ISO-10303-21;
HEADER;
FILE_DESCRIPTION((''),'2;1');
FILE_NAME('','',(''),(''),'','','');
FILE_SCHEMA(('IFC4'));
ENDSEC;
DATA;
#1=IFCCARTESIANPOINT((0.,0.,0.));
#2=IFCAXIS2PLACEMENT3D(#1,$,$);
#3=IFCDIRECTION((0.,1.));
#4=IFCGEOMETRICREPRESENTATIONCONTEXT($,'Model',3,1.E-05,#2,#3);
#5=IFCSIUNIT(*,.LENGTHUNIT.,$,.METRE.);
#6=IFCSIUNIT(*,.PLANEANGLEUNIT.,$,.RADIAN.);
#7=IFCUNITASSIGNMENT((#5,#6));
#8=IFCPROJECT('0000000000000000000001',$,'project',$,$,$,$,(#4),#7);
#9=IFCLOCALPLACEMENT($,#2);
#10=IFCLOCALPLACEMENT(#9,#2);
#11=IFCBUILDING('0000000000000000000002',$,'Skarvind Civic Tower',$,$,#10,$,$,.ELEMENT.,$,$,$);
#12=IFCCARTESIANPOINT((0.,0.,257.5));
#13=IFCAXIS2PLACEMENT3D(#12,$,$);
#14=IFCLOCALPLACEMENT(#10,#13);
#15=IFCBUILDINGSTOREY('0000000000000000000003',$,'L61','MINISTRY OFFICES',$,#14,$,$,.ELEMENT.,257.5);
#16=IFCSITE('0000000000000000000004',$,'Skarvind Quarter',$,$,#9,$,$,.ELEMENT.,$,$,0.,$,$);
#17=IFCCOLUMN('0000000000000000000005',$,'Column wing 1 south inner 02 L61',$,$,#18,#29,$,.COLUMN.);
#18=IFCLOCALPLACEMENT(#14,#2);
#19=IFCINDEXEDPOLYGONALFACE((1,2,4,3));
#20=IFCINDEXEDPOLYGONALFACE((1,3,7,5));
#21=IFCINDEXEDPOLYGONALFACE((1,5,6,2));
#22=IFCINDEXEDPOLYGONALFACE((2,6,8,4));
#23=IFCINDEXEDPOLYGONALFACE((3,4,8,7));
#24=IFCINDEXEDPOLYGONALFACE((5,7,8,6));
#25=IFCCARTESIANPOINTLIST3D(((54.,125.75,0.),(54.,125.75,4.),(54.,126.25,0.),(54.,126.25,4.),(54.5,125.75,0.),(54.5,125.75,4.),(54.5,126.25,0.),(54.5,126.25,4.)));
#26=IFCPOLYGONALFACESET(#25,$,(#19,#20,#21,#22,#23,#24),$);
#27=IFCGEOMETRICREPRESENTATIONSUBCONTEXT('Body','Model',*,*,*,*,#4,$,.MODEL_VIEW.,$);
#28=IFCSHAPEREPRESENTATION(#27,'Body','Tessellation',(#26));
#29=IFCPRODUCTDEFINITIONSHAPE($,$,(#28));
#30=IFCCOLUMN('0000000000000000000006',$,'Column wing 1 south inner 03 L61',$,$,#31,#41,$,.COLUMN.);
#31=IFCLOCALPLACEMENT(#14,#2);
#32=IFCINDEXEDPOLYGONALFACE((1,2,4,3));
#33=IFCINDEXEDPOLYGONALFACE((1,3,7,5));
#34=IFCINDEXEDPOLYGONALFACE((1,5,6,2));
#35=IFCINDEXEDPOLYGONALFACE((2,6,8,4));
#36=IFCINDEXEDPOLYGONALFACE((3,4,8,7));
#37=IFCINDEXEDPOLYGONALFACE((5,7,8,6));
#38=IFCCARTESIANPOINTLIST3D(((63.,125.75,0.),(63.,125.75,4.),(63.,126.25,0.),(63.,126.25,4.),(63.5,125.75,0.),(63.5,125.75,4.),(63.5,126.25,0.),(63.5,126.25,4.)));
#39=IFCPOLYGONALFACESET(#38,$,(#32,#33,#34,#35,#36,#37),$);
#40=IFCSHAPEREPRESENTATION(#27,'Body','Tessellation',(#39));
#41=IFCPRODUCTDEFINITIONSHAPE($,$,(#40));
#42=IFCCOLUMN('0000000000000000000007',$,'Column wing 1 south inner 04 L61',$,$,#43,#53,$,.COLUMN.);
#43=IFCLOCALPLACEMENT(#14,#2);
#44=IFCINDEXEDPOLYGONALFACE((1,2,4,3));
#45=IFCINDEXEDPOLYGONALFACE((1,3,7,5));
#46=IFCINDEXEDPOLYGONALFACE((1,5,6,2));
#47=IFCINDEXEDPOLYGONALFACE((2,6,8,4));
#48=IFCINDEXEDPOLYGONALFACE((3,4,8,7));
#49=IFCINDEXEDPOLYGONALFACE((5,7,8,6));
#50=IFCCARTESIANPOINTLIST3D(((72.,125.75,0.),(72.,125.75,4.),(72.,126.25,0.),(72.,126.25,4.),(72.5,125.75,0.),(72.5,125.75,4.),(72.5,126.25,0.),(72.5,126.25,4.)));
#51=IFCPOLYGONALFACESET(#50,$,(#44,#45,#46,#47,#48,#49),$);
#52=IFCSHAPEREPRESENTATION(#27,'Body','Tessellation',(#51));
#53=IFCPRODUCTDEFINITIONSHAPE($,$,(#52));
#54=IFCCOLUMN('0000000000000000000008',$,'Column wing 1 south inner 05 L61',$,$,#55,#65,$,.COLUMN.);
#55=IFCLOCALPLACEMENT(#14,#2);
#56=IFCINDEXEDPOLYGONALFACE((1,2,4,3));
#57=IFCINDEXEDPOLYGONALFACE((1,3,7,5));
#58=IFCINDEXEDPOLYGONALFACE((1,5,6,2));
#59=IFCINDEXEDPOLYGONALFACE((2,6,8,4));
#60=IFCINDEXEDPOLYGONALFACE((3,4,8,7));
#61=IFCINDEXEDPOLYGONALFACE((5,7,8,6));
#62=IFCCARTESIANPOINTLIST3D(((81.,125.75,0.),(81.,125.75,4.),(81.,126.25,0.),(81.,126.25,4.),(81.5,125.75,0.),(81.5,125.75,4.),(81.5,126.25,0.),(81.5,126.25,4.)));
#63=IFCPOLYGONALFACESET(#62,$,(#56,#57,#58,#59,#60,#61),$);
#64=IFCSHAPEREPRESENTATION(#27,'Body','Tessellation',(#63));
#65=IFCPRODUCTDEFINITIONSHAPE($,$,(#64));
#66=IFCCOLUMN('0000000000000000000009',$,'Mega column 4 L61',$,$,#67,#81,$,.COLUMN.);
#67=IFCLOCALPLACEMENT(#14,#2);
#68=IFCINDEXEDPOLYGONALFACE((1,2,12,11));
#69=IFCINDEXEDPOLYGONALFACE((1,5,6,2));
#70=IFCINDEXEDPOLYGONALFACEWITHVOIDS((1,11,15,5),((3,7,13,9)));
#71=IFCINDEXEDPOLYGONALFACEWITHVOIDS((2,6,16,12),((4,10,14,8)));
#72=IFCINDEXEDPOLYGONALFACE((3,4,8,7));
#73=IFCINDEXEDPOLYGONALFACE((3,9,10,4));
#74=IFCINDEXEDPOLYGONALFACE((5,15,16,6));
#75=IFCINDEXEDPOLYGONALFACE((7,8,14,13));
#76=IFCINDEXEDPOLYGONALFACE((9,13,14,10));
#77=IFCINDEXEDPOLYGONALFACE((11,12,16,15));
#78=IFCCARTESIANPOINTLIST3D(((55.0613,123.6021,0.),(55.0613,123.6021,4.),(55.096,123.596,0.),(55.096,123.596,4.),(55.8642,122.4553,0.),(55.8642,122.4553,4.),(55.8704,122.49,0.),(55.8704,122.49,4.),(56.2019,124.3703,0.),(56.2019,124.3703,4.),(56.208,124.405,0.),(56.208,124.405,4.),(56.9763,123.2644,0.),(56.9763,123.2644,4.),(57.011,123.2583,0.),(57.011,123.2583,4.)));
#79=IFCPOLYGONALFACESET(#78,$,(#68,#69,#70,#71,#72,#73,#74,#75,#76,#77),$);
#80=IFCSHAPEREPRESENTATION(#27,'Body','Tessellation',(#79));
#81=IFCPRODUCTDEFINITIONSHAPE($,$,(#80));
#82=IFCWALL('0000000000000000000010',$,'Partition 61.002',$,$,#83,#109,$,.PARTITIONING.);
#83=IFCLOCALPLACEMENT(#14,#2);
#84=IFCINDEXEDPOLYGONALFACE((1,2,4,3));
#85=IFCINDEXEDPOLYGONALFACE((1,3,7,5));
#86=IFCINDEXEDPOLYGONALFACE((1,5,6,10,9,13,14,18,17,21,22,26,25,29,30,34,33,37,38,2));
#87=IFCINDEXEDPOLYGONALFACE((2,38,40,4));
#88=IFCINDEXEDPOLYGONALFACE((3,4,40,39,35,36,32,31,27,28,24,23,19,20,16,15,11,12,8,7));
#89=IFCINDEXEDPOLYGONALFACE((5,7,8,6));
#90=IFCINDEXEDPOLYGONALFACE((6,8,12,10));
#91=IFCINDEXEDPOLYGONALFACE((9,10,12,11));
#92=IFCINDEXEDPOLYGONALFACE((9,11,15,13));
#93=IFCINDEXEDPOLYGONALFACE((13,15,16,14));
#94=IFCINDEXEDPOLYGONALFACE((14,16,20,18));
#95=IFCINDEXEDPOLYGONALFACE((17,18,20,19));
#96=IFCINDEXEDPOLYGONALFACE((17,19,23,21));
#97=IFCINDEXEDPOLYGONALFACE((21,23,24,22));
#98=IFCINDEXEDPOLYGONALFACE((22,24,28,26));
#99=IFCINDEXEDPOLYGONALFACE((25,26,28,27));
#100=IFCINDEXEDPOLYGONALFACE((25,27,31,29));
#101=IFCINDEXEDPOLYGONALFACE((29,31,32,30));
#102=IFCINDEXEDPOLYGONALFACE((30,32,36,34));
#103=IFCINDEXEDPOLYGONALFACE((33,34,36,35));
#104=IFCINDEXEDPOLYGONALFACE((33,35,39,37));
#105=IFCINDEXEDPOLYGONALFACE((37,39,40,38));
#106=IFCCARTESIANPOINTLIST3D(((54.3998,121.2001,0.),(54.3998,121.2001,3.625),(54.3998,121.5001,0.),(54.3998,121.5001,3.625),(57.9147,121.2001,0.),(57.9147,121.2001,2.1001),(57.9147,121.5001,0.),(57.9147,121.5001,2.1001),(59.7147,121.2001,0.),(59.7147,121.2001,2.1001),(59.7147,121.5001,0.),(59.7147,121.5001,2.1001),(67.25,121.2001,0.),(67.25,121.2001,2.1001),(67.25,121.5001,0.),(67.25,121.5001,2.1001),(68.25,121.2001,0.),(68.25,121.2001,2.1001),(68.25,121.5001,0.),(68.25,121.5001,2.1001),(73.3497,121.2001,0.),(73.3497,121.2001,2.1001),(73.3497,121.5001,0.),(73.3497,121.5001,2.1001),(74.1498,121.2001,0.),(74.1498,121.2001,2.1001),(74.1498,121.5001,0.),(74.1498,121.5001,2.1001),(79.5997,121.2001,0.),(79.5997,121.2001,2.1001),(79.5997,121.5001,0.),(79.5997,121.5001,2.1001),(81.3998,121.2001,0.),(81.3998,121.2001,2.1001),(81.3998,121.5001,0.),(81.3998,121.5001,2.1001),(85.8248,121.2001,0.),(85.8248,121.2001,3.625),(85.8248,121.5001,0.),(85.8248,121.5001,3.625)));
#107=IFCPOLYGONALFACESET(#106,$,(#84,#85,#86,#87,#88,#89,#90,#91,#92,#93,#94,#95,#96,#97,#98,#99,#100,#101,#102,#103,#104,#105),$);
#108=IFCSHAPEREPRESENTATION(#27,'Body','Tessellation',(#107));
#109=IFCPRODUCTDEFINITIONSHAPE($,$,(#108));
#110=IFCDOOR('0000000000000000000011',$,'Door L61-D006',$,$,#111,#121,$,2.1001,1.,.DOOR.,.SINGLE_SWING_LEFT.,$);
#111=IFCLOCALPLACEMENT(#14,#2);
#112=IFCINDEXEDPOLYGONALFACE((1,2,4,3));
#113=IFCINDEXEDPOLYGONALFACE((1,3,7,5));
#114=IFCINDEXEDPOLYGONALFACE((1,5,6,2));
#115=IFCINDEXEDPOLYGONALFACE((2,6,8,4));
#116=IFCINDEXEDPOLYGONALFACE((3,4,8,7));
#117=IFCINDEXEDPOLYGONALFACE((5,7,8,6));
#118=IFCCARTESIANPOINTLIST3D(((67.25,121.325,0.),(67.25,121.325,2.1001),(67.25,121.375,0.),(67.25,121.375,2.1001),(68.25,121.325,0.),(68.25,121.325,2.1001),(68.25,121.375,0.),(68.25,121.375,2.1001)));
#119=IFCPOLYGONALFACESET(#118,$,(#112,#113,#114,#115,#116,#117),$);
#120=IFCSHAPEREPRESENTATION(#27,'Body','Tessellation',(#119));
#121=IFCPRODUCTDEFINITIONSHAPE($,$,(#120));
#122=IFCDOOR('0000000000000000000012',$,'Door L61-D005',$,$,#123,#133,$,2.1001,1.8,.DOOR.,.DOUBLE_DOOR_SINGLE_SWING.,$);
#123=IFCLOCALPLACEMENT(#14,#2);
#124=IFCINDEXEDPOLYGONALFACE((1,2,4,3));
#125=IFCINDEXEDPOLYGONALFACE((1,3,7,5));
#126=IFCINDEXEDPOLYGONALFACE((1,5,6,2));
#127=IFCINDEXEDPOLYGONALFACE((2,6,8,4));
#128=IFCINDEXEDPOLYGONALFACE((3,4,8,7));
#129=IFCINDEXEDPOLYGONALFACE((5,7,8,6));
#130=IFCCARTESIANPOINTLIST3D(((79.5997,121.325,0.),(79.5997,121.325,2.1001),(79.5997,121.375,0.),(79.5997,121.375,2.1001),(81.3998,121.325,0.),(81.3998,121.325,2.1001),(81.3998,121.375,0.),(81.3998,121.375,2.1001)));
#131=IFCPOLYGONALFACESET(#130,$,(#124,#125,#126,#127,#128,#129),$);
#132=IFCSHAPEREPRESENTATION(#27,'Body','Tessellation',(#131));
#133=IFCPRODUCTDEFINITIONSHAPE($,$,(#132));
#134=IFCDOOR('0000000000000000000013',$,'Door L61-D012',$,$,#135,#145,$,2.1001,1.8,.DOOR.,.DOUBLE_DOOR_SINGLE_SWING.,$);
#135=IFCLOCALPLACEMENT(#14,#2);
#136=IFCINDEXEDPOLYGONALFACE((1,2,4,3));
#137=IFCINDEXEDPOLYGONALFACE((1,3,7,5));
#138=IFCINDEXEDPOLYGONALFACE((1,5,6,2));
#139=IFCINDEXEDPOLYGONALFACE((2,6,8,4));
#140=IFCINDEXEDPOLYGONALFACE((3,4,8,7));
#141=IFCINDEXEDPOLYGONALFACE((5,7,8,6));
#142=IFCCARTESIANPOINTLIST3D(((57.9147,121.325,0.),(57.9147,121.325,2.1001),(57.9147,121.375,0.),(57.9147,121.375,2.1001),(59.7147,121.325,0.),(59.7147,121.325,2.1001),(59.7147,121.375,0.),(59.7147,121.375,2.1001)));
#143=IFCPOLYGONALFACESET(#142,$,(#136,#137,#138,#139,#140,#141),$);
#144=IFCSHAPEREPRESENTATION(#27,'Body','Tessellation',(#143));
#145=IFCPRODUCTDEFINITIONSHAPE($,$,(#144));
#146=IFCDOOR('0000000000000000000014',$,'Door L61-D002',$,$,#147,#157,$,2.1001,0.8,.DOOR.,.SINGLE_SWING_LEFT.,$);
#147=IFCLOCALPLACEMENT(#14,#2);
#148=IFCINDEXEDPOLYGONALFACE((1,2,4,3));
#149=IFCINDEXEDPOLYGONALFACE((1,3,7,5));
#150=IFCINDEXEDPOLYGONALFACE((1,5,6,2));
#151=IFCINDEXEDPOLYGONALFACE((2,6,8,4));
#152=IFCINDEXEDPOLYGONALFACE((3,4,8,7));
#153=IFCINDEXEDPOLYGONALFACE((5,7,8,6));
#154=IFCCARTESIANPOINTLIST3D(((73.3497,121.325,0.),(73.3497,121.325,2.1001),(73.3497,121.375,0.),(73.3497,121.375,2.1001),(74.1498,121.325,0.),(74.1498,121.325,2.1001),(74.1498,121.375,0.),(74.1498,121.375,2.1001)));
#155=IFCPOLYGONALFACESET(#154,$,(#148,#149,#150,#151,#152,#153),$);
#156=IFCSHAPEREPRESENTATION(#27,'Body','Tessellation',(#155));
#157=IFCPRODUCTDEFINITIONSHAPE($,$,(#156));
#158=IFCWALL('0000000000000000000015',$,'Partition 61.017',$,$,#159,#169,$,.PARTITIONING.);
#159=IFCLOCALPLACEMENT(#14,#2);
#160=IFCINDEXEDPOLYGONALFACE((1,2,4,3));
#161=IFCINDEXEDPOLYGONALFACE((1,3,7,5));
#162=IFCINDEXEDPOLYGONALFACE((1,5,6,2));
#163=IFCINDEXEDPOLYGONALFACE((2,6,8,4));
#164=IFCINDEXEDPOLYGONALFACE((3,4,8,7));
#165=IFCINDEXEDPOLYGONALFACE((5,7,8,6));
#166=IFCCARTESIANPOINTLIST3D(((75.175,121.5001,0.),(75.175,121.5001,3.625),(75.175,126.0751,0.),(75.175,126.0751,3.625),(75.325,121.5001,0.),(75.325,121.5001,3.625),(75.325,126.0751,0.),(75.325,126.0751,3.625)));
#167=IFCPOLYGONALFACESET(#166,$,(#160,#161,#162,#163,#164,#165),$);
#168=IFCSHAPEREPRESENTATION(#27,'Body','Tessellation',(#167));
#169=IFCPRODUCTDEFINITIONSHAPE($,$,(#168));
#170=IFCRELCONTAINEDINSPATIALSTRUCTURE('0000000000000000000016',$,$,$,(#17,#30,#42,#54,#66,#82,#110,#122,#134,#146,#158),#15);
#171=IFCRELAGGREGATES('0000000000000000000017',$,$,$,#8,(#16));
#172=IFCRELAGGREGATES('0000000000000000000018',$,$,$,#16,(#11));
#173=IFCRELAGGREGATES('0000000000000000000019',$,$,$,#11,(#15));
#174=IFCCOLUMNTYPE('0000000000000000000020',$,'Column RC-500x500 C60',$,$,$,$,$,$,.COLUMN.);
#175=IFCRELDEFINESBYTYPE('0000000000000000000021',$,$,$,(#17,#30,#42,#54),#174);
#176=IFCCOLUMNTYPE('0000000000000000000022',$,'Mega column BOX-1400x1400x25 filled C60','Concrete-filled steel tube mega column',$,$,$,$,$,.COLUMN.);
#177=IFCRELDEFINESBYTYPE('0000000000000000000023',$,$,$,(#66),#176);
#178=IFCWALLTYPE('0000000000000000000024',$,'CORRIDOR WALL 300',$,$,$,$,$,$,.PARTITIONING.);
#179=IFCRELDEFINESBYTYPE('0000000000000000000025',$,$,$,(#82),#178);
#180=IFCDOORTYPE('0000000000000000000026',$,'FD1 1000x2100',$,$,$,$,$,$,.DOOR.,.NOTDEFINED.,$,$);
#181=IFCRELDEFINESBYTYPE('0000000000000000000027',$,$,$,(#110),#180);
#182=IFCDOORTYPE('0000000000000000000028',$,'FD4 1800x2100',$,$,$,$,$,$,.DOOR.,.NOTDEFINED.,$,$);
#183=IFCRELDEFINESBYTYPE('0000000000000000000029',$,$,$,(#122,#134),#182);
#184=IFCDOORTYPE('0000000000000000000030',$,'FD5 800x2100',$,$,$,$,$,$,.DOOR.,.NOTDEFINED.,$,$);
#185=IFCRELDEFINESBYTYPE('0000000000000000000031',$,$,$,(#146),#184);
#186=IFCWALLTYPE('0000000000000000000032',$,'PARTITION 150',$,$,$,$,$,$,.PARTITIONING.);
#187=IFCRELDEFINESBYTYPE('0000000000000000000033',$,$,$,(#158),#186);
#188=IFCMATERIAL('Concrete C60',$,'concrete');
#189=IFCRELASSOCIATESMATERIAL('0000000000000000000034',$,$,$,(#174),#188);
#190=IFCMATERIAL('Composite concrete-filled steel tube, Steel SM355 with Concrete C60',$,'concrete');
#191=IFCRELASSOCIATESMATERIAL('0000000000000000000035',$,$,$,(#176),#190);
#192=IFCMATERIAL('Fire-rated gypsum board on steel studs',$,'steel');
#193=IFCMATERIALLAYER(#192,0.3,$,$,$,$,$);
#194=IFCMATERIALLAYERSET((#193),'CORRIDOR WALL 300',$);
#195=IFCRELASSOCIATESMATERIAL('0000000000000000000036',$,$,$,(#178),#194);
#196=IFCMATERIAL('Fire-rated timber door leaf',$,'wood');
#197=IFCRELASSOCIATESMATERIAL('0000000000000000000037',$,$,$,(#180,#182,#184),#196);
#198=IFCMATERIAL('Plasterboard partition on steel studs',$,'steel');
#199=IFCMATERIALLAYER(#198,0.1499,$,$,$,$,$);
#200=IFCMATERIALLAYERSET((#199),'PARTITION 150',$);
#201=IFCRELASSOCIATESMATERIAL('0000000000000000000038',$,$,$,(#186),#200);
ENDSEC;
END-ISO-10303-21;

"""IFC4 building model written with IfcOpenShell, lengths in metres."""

from ifc_helpers import new_model, si_unit, direction, frame, frame_2d, origin, origin_2d, place, context, subcontext, project, spatial, rectangle, hollow_rectangle, extrude, material, layer, layer_set, material_profile, profile_set, type_object, element, fill, save


model = new_model("IFC4")

# Units and contexts
model_context = context("Model", 3, precision=1e-05, world=origin(), true_north=direction((0.0, 1.0)))
body_context = subcontext(model_context, "Body", "Model", "MODEL_VIEW")
ifc_project = project(units=[si_unit("LENGTHUNIT", "METRE"), si_unit("PLANEANGLEUNIT", "RADIAN")], contexts=[model_context])

# Site, building, storey
site_placement = place(None, origin())
site = spatial("IfcSite", under=ifc_project, at=site_placement, Name="Skarvind Quarter", CompositionType="ELEMENT", RefElevation=0.0)
building_placement = place(site_placement, origin())
building = spatial("IfcBuilding", under=site, at=building_placement, Name="Skarvind Civic Tower", CompositionType="ELEMENT")
storey_placement = place(building_placement, frame((0.0, 0.0, 257.5)))
storey = spatial("IfcBuildingStorey", under=building, at=storey_placement, Name="L61", Description="MINISTRY OFFICES", CompositionType="ELEMENT", Elevation=257.5)

# Columns
ifc_material_1 = material(Name="Concrete C60", Category="concrete")
ifc_material_profile_1 = material_profile(ifc_material_1, rectangle(XDim=0.5, YDim=0.5, at=origin_2d()), Name="RC-500x500")
ifc_profile_set_1 = profile_set([ifc_material_profile_1], Name="Concrete C60")
column_type_1 = type_object("IfcColumnType", Name="Column RC-500x500 C60", PredefinedType="COLUMN", material=ifc_profile_set_1)
for number, where, z_axis, x_axis, name in (
    (1, (54.25, 126.0, 0.0), (0.0, 0.0, 1.0), (1.0, 0.0, 0.0), "Column wing 1 south inner 02 L61"),
    (2, (63.25, 126.0, 0.0), (0.0, 0.0, 1.0), (1.0, 0.0, 0.0), "Column wing 1 south inner 03 L61"),
    (3, (72.25, 126.0, 0.0), (0.0, 0.0, 1.0), (1.0, 0.0, 0.0), "Column wing 1 south inner 04 L61"),
    (4, (81.25, 126.0, 0.0), (0.0, 0.0, 1.0), (1.0, 0.0, 0.0), "Column wing 1 south inner 05 L61"),
):
    element("IfcColumn", number, at=place(storey_placement, frame(where, z_axis=z_axis, x_axis=x_axis)), inside=storey, type_object=column_type_1, Name=name, PredefinedType="COLUMN", context=body_context, shape_type="SweptSolid", body=[
        extrude(rectangle(XDim=0.5, YDim=0.5, at=origin_2d()), origin(), (0.0, 0.0, 1.0), 4.0),
    ])
ifc_material_2 = material(Name="Composite concrete-filled steel tube, Steel SM355 with Concrete C60", Category="concrete")
ifc_material_profile_2 = material_profile(ifc_material_2, hollow_rectangle(XDim=1.3999, YDim=1.3999, WallThickness=0.0249, at=origin_2d()), Name="BOX-1400x1400x25")
ifc_profile_set_2 = profile_set([ifc_material_profile_2], Name="Composite concrete-filled steel tube, Steel SM355 with Concrete C60")
column_type_2 = type_object("IfcColumnType", Name="Mega column BOX-1400x1400x25 filled C60", Description="Concrete-filled steel tube mega column", PredefinedType="COLUMN", material=ifc_profile_set_2)
column_placement = place(storey_placement, frame((56.0361, 123.4302, 0.0), z_axis=(0.0, 0.0, 1.0), x_axis=(0.573576, -0.819152, 0.0)))
element("IfcColumn", 5, at=column_placement, inside=storey, type_object=column_type_2, Name="Mega column 4 L61", PredefinedType="COLUMN", context=body_context, shape_type="SweptSolid", body=[
    extrude(hollow_rectangle(XDim=1.3999, YDim=1.3999, WallThickness=0.0249, at=origin_2d()), origin(), (0.0, 0.0, 1.0), 4.0),
])

# Wall, openings, doors
ifc_material_3 = material(Name="Fire-rated gypsum board on steel studs", Category="steel")
ifc_layer_1 = layer(ifc_material_3, 0.3)
ifc_layer_set_1 = layer_set([ifc_layer_1], Name="CORRIDOR WALL 300")
wall_type_1 = type_object("IfcWallType", Name="CORRIDOR WALL 300", PredefinedType="PARTITIONING", material=ifc_layer_set_1)
wall_1_placement = place(storey_placement, frame((54.3999, 121.3501, 0.0), z_axis=(0.0, 0.0, 1.0), x_axis=(1.0, 0.0, 0.0)))
wall_1 = element("IfcWall", 6, at=wall_1_placement, inside=storey, type_object=wall_type_1, Name="Partition 61.002", PredefinedType="PARTITIONING", context=body_context, shape_type="SweptSolid", body=[
    extrude(rectangle(XDim=31.425, YDim=0.3, at=frame_2d((15.7124, 0.0))), origin(), (0.0, 0.0, 1.0), 3.625),
])
opening_1_placement = place(wall_1_placement, frame((18.95, 0.0, 0.0)))
opening_1 = element("IfcOpeningElement", 7, at=opening_1_placement, cuts=wall_1, PredefinedType="OPENING", context=body_context, shape_type="SweptSolid", body=[
    extrude(rectangle(XDim=0.8, YDim=2.1001, at=frame_2d((0.3999, 1.05))), frame((0.0, 0.1599, 0.0), z_axis=(0.0, -1.0, 0.0), x_axis=(1.0, 0.0, 0.0)), (0.0, 0.0, 1.0), 0.3201),
])
opening_2_placement = place(wall_1_placement, frame((25.2, 0.0, 0.0)))
opening_2 = element("IfcOpeningElement", 8, at=opening_2_placement, cuts=wall_1, PredefinedType="OPENING", context=body_context, shape_type="SweptSolid", body=[
    extrude(rectangle(XDim=1.8, YDim=2.1001, at=frame_2d((0.8999, 1.05))), frame((0.0, 0.1599, 0.0), z_axis=(0.0, -1.0, 0.0), x_axis=(1.0, 0.0, 0.0)), (0.0, 0.0, 1.0), 0.3201),
])
opening_3_placement = place(wall_1_placement, frame((12.8501, 0.0, 0.0)))
opening_3 = element("IfcOpeningElement", 9, at=opening_3_placement, cuts=wall_1, PredefinedType="OPENING", context=body_context, shape_type="SweptSolid", body=[
    extrude(rectangle(XDim=1.0, YDim=2.1001, at=frame_2d((0.5, 1.05))), frame((0.0, 0.1599, 0.0), z_axis=(0.0, -1.0, 0.0), x_axis=(1.0, 0.0, 0.0)), (0.0, 0.0, 1.0), 0.3201),
])
opening_4_placement = place(wall_1_placement, frame((3.5149, 0.0, 0.0)))
opening_4 = element("IfcOpeningElement", 10, at=opening_4_placement, cuts=wall_1, PredefinedType="OPENING", context=body_context, shape_type="SweptSolid", body=[
    extrude(rectangle(XDim=1.8, YDim=2.1001, at=frame_2d((0.8999, 1.05))), frame((0.0, 0.1599, 0.0), z_axis=(0.0, -1.0, 0.0), x_axis=(1.0, 0.0, 0.0)), (0.0, 0.0, 1.0), 0.3201),
])
ifc_material_4 = material(Name="Fire-rated timber door leaf", Category="wood")
door_type_1 = type_object("IfcDoorType", Name="FD1 1000x2100", OperationType="NOTDEFINED", PredefinedType="DOOR", material=ifc_material_4)
door_1_placement = place(opening_3_placement, origin())
door_1 = element("IfcDoor", 11, at=door_1_placement, inside=storey, type_object=door_type_1, Name="Door L61-D006", OperationType="SINGLE_SWING_LEFT", OverallHeight=2.1001, OverallWidth=1.0, PredefinedType="DOOR", context=body_context, shape_type="SweptSolid", body=[
    extrude(rectangle(XDim=1.0, YDim=2.1001, at=frame_2d((0.5, 1.05))), frame((0.0, 0.0249, 0.0), z_axis=(0.0, -1.0, 0.0), x_axis=(1.0, 0.0, 0.0)), (0.0, 0.0, 1.0), 0.05),
])
fill(opening_3, door_1)
door_type_2 = type_object("IfcDoorType", Name="FD4 1800x2100", OperationType="NOTDEFINED", PredefinedType="DOOR", material=ifc_material_4)
door_2_placement = place(opening_2_placement, origin())
door_2 = element("IfcDoor", 12, at=door_2_placement, inside=storey, type_object=door_type_2, Name="Door L61-D005", OperationType="DOUBLE_DOOR_SINGLE_SWING", OverallHeight=2.1001, OverallWidth=1.8, PredefinedType="DOOR", context=body_context, shape_type="SweptSolid", body=[
    extrude(rectangle(XDim=1.8, YDim=2.1001, at=frame_2d((0.8999, 1.05))), frame((0.0, 0.0249, 0.0), z_axis=(0.0, -1.0, 0.0), x_axis=(1.0, 0.0, 0.0)), (0.0, 0.0, 1.0), 0.05),
])
fill(opening_2, door_2)
door_3_placement = place(opening_4_placement, origin())
door_3 = element("IfcDoor", 13, at=door_3_placement, inside=storey, type_object=door_type_2, Name="Door L61-D012", OperationType="DOUBLE_DOOR_SINGLE_SWING", OverallHeight=2.1001, OverallWidth=1.8, PredefinedType="DOOR", context=body_context, shape_type="SweptSolid", body=[
    extrude(rectangle(XDim=1.8, YDim=2.1001, at=frame_2d((0.8999, 1.05))), frame((0.0, 0.0249, 0.0), z_axis=(0.0, -1.0, 0.0), x_axis=(1.0, 0.0, 0.0)), (0.0, 0.0, 1.0), 0.05),
])
fill(opening_4, door_3)
door_type_3 = type_object("IfcDoorType", Name="FD5 800x2100", OperationType="NOTDEFINED", PredefinedType="DOOR", material=ifc_material_4)
door_4_placement = place(opening_1_placement, origin())
door_4 = element("IfcDoor", 14, at=door_4_placement, inside=storey, type_object=door_type_3, Name="Door L61-D002", OperationType="SINGLE_SWING_LEFT", OverallHeight=2.1001, OverallWidth=0.8, PredefinedType="DOOR", context=body_context, shape_type="SweptSolid", body=[
    extrude(rectangle(XDim=0.8, YDim=2.1001, at=frame_2d((0.3999, 1.05))), frame((0.0, 0.0249, 0.0), z_axis=(0.0, -1.0, 0.0), x_axis=(1.0, 0.0, 0.0)), (0.0, 0.0, 1.0), 0.05),
])
fill(opening_1, door_4)

# Wall
ifc_material_5 = material(Name="Plasterboard partition on steel studs", Category="steel")
ifc_layer_2 = layer(ifc_material_5, 0.1499)
ifc_layer_set_2 = layer_set([ifc_layer_2], Name="PARTITION 150")
wall_type_2 = type_object("IfcWallType", Name="PARTITION 150", PredefinedType="PARTITIONING", material=ifc_layer_set_2)
wall_2_placement = place(storey_placement, frame((75.25, 121.5, 0.0), z_axis=(0.0, 0.0, 1.0), x_axis=(0.0, 1.0, 0.0)))
element("IfcWall", 15, at=wall_2_placement, inside=storey, type_object=wall_type_2, Name="Partition 61.017", PredefinedType="PARTITIONING", context=body_context, shape_type="SweptSolid", body=[
    extrude(rectangle(XDim=4.575, YDim=0.1499, at=frame_2d((2.2876, 0.0))), origin(), (0.0, 0.0, 1.0), 3.625),
])

save(model, "model.ifc")
